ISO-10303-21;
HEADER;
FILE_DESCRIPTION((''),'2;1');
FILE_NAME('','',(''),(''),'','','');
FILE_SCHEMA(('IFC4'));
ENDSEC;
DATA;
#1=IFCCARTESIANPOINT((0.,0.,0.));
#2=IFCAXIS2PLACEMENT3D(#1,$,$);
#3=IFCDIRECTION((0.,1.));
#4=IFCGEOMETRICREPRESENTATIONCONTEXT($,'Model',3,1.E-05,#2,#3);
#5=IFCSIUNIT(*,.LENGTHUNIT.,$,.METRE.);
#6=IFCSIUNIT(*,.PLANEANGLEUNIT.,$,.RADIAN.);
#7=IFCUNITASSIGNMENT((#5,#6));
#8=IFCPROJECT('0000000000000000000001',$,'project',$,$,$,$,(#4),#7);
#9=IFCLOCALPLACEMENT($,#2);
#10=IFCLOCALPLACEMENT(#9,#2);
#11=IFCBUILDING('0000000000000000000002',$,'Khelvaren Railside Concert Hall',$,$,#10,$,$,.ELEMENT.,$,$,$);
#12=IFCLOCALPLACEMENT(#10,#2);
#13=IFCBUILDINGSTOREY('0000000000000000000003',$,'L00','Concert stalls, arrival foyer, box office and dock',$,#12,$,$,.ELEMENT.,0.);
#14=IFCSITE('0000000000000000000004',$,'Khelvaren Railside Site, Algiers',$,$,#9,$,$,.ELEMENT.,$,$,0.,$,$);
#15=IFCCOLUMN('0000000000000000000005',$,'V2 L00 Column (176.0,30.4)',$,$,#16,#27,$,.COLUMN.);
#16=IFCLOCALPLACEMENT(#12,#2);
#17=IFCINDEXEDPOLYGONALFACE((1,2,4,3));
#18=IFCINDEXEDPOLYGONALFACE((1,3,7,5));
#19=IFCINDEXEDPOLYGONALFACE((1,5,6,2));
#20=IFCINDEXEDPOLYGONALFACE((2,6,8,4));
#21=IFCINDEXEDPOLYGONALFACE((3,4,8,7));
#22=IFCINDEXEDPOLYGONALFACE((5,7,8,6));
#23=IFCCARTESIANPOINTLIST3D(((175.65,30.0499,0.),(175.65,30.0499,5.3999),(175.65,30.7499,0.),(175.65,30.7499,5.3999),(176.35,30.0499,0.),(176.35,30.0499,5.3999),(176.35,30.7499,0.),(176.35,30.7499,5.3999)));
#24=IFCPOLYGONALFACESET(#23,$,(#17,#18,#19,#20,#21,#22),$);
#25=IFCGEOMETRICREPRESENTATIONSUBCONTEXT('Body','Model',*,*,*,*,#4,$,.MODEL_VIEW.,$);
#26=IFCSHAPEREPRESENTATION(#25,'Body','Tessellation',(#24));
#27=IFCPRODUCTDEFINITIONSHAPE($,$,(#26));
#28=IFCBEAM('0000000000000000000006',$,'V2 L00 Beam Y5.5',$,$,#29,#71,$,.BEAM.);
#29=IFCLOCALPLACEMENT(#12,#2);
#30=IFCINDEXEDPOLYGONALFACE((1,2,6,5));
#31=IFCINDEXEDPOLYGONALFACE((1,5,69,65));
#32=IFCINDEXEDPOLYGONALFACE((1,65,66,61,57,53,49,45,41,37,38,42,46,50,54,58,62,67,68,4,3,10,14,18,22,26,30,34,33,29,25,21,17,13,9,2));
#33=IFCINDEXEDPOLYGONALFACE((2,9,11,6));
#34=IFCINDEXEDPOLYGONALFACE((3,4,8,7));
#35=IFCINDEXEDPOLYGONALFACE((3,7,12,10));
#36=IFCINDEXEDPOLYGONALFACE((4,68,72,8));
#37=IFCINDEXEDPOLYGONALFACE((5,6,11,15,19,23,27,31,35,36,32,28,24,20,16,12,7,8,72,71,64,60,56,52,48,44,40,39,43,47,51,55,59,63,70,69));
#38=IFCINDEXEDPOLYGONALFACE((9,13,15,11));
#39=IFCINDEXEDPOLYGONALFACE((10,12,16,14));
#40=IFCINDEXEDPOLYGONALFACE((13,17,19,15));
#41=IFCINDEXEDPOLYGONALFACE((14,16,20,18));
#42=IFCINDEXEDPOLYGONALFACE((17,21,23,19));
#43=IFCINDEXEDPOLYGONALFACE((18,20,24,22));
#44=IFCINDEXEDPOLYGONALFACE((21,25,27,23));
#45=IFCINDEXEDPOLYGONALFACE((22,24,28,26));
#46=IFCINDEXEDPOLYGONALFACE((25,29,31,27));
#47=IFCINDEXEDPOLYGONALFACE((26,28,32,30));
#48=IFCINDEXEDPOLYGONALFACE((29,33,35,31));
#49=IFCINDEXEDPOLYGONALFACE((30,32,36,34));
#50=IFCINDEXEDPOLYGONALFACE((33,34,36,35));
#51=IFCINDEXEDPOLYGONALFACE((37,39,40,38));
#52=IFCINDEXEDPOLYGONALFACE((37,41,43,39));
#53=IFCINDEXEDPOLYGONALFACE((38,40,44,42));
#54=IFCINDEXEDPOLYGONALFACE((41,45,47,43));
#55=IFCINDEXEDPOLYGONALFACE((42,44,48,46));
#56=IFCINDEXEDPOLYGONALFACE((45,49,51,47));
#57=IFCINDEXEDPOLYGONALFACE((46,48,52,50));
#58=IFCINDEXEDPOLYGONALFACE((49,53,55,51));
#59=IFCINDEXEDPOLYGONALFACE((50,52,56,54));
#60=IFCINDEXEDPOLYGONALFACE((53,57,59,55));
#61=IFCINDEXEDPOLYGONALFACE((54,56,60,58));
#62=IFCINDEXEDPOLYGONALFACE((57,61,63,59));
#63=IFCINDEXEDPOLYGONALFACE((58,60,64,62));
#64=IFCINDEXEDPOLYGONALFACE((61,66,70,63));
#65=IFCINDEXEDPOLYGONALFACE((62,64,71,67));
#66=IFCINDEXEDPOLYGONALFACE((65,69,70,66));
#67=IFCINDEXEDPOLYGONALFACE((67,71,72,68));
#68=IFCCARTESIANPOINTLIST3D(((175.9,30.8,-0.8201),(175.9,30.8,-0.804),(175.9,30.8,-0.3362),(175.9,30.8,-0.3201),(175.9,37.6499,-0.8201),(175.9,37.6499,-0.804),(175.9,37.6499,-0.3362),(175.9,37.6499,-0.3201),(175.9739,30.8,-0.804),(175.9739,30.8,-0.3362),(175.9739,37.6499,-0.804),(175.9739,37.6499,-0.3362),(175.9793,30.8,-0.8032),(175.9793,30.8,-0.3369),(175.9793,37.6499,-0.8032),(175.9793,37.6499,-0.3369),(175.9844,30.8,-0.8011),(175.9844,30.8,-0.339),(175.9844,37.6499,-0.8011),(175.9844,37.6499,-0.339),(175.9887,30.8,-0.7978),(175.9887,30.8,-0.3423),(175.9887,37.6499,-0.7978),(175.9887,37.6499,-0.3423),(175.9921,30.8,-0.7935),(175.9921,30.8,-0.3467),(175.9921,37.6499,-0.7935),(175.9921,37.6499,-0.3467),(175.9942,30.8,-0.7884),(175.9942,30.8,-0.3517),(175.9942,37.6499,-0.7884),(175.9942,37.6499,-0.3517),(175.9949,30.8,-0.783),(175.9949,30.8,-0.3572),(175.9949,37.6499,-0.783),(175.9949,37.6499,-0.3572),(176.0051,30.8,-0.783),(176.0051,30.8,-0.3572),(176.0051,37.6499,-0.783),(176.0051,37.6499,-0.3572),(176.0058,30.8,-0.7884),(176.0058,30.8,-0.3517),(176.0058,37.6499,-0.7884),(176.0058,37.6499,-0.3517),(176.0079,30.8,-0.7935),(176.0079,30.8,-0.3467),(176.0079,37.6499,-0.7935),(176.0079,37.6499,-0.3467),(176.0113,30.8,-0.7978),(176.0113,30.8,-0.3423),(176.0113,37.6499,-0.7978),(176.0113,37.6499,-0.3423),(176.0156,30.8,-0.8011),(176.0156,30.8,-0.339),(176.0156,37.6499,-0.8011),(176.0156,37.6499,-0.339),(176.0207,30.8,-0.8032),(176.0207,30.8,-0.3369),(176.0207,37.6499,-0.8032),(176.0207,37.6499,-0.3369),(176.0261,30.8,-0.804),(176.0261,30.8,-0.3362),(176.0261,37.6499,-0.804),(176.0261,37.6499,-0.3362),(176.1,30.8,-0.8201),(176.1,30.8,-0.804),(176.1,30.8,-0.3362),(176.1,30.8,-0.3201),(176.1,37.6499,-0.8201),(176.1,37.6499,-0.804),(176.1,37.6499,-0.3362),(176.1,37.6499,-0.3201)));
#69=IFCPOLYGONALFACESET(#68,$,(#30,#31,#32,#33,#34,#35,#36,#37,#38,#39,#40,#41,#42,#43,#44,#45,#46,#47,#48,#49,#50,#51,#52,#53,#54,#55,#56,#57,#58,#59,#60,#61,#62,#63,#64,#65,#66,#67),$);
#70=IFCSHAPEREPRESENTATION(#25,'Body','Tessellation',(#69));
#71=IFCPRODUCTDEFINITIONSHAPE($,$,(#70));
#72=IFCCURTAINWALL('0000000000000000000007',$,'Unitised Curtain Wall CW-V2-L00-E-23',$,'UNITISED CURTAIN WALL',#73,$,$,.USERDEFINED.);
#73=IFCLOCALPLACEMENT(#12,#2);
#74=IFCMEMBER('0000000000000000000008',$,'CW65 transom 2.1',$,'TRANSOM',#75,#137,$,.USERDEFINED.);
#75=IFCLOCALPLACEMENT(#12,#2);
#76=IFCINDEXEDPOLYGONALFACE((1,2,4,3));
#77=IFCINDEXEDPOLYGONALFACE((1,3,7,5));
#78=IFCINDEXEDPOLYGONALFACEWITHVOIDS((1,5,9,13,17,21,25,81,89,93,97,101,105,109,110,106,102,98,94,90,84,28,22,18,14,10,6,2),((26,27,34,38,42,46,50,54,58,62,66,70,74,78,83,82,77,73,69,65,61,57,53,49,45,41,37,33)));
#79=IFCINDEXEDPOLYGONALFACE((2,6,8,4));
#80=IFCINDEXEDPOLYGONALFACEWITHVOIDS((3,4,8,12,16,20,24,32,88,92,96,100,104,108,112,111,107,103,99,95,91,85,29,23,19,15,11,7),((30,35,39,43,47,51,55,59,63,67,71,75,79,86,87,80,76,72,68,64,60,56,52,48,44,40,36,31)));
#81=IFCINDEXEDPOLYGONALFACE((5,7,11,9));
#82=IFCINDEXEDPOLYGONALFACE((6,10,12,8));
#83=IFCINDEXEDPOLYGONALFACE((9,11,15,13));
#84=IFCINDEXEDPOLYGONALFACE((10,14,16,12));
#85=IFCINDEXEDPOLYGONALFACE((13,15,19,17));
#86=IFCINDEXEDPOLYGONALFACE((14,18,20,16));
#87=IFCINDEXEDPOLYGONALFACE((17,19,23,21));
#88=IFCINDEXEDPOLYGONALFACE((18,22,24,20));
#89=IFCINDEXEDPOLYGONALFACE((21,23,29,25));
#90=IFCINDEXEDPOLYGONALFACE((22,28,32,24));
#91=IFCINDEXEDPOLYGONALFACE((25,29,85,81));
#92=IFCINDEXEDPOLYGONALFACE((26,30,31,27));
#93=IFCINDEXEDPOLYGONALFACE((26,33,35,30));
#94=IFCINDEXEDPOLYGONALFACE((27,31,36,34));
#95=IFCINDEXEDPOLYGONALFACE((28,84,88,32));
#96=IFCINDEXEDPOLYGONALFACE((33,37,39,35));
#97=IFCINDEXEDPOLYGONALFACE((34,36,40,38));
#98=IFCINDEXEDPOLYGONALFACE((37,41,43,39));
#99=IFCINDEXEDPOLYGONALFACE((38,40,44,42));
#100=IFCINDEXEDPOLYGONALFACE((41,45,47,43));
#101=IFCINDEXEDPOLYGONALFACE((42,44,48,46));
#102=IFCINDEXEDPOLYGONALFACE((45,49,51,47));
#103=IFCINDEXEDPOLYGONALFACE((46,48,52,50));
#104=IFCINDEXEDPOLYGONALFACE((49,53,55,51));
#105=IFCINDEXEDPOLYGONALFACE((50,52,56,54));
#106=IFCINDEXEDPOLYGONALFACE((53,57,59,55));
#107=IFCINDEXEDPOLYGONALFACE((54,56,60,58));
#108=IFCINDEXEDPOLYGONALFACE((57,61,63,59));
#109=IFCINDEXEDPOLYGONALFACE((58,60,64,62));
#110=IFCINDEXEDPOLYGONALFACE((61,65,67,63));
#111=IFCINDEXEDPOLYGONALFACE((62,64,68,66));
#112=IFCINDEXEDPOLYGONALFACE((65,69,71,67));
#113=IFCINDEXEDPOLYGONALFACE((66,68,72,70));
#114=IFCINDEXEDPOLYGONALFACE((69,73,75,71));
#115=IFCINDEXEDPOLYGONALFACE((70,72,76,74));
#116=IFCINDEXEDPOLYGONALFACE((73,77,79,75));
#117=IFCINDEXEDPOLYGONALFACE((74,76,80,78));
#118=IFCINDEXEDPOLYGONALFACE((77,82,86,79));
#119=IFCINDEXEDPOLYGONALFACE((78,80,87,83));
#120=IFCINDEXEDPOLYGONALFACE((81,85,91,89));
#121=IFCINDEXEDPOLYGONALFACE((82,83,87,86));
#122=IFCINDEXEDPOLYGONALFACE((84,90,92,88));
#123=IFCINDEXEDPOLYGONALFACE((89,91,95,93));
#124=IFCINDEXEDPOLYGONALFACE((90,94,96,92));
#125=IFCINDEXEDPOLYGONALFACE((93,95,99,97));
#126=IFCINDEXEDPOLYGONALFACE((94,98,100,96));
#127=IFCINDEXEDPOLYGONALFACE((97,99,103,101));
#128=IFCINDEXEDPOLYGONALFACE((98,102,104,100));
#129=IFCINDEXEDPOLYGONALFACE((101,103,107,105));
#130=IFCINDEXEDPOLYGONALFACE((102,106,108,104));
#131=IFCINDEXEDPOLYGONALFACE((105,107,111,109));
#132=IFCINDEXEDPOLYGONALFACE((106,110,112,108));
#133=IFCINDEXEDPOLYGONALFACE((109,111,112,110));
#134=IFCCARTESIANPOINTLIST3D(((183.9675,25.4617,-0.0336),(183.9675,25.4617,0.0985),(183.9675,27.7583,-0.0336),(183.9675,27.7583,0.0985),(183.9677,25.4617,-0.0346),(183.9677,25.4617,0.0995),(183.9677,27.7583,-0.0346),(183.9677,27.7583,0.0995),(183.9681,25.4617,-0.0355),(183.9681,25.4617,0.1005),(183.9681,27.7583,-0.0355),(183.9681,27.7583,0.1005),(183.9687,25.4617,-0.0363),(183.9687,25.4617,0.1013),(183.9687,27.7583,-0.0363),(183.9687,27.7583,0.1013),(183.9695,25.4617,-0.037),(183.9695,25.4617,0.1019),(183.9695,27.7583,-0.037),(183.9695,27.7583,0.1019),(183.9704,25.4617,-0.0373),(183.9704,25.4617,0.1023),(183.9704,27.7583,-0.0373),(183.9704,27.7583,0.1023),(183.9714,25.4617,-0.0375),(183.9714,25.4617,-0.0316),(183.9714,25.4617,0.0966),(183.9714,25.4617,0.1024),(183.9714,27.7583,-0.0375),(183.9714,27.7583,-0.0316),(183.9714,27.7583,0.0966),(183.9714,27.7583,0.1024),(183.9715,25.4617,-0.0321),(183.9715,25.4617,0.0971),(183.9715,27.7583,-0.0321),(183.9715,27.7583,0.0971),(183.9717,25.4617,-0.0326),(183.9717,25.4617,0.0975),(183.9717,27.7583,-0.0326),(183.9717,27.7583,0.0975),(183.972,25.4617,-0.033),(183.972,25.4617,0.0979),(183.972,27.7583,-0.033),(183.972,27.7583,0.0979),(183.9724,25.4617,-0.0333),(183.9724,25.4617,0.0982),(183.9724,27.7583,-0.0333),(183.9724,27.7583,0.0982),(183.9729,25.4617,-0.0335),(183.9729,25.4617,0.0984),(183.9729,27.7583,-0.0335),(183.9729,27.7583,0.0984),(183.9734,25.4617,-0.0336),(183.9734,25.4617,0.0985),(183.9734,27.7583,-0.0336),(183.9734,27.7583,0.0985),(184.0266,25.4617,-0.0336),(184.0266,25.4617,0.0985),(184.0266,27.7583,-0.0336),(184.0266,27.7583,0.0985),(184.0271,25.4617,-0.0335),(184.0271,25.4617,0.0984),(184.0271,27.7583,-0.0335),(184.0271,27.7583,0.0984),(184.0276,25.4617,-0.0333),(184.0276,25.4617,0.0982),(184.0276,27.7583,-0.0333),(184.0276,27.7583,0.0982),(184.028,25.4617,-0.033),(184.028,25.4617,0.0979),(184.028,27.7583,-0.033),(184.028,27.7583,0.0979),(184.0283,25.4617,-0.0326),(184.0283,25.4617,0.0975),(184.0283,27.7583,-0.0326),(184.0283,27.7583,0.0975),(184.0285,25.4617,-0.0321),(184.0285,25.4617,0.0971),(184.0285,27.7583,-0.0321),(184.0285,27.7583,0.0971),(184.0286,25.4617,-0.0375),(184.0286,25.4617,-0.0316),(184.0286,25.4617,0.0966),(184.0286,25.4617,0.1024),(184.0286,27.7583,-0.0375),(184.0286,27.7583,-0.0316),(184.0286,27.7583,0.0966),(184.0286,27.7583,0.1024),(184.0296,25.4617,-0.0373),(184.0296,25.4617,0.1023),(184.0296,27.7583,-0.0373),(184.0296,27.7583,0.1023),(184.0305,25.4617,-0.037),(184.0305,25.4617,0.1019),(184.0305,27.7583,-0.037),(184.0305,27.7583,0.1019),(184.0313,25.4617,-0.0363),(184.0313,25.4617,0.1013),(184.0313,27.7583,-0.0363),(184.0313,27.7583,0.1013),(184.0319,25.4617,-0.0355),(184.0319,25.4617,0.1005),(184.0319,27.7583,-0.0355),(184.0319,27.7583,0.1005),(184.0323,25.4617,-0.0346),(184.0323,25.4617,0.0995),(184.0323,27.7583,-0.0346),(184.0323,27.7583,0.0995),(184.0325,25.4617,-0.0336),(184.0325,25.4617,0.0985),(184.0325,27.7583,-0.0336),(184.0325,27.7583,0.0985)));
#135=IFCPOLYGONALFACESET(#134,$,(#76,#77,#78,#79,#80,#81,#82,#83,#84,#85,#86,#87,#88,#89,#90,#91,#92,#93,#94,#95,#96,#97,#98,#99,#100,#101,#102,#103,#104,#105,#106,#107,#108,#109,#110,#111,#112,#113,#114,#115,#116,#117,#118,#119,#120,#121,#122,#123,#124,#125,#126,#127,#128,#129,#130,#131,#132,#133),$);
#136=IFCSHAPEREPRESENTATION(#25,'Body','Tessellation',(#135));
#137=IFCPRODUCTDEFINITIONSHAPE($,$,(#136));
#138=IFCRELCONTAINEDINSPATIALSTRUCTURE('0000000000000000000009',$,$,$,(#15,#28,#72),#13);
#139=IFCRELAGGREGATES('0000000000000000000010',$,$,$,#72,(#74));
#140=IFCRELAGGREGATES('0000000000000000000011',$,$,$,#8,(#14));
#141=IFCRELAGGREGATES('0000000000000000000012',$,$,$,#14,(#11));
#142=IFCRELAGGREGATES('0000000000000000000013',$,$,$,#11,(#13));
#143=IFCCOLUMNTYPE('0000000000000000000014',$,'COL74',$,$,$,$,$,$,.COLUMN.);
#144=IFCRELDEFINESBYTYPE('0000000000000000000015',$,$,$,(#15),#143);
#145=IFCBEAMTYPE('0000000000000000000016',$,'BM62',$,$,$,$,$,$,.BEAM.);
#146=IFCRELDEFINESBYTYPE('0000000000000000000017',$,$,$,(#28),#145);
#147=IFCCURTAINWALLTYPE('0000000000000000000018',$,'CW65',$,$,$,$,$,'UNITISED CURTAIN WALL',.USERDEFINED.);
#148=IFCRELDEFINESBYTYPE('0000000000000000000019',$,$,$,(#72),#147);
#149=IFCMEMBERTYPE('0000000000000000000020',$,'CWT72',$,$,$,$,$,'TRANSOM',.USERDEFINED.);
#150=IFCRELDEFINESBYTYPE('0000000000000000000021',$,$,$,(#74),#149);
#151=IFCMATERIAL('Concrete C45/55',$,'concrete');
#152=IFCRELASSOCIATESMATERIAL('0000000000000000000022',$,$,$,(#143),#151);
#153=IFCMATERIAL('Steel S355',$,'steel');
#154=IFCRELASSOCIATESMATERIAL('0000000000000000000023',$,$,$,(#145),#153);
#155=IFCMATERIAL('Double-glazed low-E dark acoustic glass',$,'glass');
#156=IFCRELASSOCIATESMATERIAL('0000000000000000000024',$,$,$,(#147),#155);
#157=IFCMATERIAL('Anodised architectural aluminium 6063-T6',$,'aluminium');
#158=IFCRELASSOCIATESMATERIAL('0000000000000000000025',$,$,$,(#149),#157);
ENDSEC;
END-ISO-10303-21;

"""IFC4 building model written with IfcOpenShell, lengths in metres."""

from ifc_helpers import new_model, si_unit, direction, frame, origin, origin_2d, place, context, subcontext, project, spatial, rectangle, hollow_rectangle, i_section, extrude, material, material_profile, profile_set, type_object, element, aggregate, save


model = new_model("IFC4")

# Units and contexts
model_context = context("Model", 3, precision=1e-05, world=origin(), true_north=direction((0.0, 1.0)))
body_context = subcontext(model_context, "Body", "Model", "MODEL_VIEW")
ifc_project = project(units=[si_unit("LENGTHUNIT", "METRE"), si_unit("PLANEANGLEUNIT", "RADIAN")], contexts=[model_context])

# Site, building, storey
site_placement = place(None, origin())
site = spatial("IfcSite", under=ifc_project, at=site_placement, Name="Khelvaren Railside Site, Algiers", CompositionType="ELEMENT", RefElevation=0.0)
building_placement = place(site_placement, origin())
building = spatial("IfcBuilding", under=site, at=building_placement, Name="Khelvaren Railside Concert Hall", CompositionType="ELEMENT")
storey_placement = place(building_placement, origin())
storey = spatial("IfcBuildingStorey", under=building, at=storey_placement, Name="L00", Description="Concert stalls, arrival foyer, box office and dock", CompositionType="ELEMENT", Elevation=0.0)

# Column
ifc_material_1 = material(Name="Concrete C45/55", Category="concrete")
ifc_material_profile_1 = material_profile(ifc_material_1, rectangle(XDim=0.7, YDim=0.7, at=origin_2d()), Name="RC 700x700")
ifc_profile_set_1 = profile_set([ifc_material_profile_1], Name="Concrete C45/55")
column_type = type_object("IfcColumnType", Name="COL74", PredefinedType="COLUMN", material=ifc_profile_set_1)
column_placement = place(storey_placement, frame((176.0, 30.3999, 0.0), z_axis=(0.0, 0.0, 1.0), x_axis=(1.0, 0.0, 0.0)))
element("IfcColumn", 1, at=column_placement, inside=storey, type_object=column_type, Name="V2 L00 Column (176.0,30.4)", PredefinedType="COLUMN", context=body_context, shape_type="SweptSolid", body=[
    extrude(rectangle(XDim=0.7, YDim=0.7, at=origin_2d()), origin(), (0.0, 0.0, 1.0), 5.3999),
])

# Beam
ifc_material_2 = material(Name="Steel S355", Category="steel")
ifc_material_profile_2 = material_profile(ifc_material_2, i_section(OverallWidth=0.2, OverallDepth=0.5, WebThickness=0.0103, FlangeThickness=0.0161, FilletRadius=0.021, at=origin_2d()), Name="IPE 500")
ifc_profile_set_2 = profile_set([ifc_material_profile_2], Name="Steel S355")
beam_type_1 = type_object("IfcBeamType", Name="BM62", PredefinedType="BEAM", material=ifc_profile_set_2)
beam_1_placement = place(storey_placement, frame((176.0, 30.8, -0.5701), z_axis=(0.0, 1.0, 0.0), x_axis=(-1.0, 0.0, 0.0)))
element("IfcBeam", 2, at=beam_1_placement, inside=storey, type_object=beam_type_1, Name="V2 L00 Beam Y5.5", PredefinedType="BEAM", context=body_context, shape_type="SweptSolid", body=[
    extrude(i_section(OverallWidth=0.2, OverallDepth=0.5, WebThickness=0.0103, FlangeThickness=0.0161, FilletRadius=0.021, at=origin_2d()), origin(), (0.0, 0.0, 1.0), 6.8499),
])

# Curtain wall, member
ifc_material_3 = material(Name="Double-glazed low-E dark acoustic glass", Category="glass")
curtain_wall_type = type_object("IfcCurtainWallType", Name="CW65", ElementType="UNITISED CURTAIN WALL", PredefinedType="USERDEFINED", material=ifc_material_3)
curtain_wall_placement = place(storey_placement, origin())
curtain_wall = element("IfcCurtainWall", 3, at=curtain_wall_placement, inside=storey, type_object=curtain_wall_type, Name="Unitised Curtain Wall CW-V2-L00-E-23", ObjectType="UNITISED CURTAIN WALL", PredefinedType="USERDEFINED")
ifc_material_4 = material(Name="Anodised architectural aluminium 6063-T6", Category="aluminium")
ifc_material_profile_3 = material_profile(ifc_material_4, hollow_rectangle(XDim=0.0649, YDim=0.1399, WallThickness=0.0039, InnerFilletRadius=0.002, OuterFilletRadius=0.0039, at=origin_2d()), Name="CWT 65x140x4")
ifc_profile_set_3 = profile_set([ifc_material_profile_3], Name="Anodised architectural aluminium 6063-T6")
member_type = type_object("IfcMemberType", Name="CWT72", ElementType="TRANSOM", PredefinedType="USERDEFINED", material=ifc_profile_set_3)
member_1_placement = place(storey_placement, frame((184.0, 27.7583, 0.0325), z_axis=(0.0, -1.0, 0.0), x_axis=(1.0, 0.0, 0.0)))
member_1 = element("IfcMember", 4, at=member_1_placement, type_object=member_type, Name="CW65 transom 2.1", ObjectType="TRANSOM", PredefinedType="USERDEFINED", context=body_context, shape_type="SweptSolid", body=[
    extrude(hollow_rectangle(XDim=0.0649, YDim=0.1399, WallThickness=0.0039, InnerFilletRadius=0.002, OuterFilletRadius=0.0039, at=origin_2d()), origin(), (0.0, 0.0, 1.0), 2.2966),
])

aggregate(curtain_wall, [member_1])

save(model, "model.ifc")
